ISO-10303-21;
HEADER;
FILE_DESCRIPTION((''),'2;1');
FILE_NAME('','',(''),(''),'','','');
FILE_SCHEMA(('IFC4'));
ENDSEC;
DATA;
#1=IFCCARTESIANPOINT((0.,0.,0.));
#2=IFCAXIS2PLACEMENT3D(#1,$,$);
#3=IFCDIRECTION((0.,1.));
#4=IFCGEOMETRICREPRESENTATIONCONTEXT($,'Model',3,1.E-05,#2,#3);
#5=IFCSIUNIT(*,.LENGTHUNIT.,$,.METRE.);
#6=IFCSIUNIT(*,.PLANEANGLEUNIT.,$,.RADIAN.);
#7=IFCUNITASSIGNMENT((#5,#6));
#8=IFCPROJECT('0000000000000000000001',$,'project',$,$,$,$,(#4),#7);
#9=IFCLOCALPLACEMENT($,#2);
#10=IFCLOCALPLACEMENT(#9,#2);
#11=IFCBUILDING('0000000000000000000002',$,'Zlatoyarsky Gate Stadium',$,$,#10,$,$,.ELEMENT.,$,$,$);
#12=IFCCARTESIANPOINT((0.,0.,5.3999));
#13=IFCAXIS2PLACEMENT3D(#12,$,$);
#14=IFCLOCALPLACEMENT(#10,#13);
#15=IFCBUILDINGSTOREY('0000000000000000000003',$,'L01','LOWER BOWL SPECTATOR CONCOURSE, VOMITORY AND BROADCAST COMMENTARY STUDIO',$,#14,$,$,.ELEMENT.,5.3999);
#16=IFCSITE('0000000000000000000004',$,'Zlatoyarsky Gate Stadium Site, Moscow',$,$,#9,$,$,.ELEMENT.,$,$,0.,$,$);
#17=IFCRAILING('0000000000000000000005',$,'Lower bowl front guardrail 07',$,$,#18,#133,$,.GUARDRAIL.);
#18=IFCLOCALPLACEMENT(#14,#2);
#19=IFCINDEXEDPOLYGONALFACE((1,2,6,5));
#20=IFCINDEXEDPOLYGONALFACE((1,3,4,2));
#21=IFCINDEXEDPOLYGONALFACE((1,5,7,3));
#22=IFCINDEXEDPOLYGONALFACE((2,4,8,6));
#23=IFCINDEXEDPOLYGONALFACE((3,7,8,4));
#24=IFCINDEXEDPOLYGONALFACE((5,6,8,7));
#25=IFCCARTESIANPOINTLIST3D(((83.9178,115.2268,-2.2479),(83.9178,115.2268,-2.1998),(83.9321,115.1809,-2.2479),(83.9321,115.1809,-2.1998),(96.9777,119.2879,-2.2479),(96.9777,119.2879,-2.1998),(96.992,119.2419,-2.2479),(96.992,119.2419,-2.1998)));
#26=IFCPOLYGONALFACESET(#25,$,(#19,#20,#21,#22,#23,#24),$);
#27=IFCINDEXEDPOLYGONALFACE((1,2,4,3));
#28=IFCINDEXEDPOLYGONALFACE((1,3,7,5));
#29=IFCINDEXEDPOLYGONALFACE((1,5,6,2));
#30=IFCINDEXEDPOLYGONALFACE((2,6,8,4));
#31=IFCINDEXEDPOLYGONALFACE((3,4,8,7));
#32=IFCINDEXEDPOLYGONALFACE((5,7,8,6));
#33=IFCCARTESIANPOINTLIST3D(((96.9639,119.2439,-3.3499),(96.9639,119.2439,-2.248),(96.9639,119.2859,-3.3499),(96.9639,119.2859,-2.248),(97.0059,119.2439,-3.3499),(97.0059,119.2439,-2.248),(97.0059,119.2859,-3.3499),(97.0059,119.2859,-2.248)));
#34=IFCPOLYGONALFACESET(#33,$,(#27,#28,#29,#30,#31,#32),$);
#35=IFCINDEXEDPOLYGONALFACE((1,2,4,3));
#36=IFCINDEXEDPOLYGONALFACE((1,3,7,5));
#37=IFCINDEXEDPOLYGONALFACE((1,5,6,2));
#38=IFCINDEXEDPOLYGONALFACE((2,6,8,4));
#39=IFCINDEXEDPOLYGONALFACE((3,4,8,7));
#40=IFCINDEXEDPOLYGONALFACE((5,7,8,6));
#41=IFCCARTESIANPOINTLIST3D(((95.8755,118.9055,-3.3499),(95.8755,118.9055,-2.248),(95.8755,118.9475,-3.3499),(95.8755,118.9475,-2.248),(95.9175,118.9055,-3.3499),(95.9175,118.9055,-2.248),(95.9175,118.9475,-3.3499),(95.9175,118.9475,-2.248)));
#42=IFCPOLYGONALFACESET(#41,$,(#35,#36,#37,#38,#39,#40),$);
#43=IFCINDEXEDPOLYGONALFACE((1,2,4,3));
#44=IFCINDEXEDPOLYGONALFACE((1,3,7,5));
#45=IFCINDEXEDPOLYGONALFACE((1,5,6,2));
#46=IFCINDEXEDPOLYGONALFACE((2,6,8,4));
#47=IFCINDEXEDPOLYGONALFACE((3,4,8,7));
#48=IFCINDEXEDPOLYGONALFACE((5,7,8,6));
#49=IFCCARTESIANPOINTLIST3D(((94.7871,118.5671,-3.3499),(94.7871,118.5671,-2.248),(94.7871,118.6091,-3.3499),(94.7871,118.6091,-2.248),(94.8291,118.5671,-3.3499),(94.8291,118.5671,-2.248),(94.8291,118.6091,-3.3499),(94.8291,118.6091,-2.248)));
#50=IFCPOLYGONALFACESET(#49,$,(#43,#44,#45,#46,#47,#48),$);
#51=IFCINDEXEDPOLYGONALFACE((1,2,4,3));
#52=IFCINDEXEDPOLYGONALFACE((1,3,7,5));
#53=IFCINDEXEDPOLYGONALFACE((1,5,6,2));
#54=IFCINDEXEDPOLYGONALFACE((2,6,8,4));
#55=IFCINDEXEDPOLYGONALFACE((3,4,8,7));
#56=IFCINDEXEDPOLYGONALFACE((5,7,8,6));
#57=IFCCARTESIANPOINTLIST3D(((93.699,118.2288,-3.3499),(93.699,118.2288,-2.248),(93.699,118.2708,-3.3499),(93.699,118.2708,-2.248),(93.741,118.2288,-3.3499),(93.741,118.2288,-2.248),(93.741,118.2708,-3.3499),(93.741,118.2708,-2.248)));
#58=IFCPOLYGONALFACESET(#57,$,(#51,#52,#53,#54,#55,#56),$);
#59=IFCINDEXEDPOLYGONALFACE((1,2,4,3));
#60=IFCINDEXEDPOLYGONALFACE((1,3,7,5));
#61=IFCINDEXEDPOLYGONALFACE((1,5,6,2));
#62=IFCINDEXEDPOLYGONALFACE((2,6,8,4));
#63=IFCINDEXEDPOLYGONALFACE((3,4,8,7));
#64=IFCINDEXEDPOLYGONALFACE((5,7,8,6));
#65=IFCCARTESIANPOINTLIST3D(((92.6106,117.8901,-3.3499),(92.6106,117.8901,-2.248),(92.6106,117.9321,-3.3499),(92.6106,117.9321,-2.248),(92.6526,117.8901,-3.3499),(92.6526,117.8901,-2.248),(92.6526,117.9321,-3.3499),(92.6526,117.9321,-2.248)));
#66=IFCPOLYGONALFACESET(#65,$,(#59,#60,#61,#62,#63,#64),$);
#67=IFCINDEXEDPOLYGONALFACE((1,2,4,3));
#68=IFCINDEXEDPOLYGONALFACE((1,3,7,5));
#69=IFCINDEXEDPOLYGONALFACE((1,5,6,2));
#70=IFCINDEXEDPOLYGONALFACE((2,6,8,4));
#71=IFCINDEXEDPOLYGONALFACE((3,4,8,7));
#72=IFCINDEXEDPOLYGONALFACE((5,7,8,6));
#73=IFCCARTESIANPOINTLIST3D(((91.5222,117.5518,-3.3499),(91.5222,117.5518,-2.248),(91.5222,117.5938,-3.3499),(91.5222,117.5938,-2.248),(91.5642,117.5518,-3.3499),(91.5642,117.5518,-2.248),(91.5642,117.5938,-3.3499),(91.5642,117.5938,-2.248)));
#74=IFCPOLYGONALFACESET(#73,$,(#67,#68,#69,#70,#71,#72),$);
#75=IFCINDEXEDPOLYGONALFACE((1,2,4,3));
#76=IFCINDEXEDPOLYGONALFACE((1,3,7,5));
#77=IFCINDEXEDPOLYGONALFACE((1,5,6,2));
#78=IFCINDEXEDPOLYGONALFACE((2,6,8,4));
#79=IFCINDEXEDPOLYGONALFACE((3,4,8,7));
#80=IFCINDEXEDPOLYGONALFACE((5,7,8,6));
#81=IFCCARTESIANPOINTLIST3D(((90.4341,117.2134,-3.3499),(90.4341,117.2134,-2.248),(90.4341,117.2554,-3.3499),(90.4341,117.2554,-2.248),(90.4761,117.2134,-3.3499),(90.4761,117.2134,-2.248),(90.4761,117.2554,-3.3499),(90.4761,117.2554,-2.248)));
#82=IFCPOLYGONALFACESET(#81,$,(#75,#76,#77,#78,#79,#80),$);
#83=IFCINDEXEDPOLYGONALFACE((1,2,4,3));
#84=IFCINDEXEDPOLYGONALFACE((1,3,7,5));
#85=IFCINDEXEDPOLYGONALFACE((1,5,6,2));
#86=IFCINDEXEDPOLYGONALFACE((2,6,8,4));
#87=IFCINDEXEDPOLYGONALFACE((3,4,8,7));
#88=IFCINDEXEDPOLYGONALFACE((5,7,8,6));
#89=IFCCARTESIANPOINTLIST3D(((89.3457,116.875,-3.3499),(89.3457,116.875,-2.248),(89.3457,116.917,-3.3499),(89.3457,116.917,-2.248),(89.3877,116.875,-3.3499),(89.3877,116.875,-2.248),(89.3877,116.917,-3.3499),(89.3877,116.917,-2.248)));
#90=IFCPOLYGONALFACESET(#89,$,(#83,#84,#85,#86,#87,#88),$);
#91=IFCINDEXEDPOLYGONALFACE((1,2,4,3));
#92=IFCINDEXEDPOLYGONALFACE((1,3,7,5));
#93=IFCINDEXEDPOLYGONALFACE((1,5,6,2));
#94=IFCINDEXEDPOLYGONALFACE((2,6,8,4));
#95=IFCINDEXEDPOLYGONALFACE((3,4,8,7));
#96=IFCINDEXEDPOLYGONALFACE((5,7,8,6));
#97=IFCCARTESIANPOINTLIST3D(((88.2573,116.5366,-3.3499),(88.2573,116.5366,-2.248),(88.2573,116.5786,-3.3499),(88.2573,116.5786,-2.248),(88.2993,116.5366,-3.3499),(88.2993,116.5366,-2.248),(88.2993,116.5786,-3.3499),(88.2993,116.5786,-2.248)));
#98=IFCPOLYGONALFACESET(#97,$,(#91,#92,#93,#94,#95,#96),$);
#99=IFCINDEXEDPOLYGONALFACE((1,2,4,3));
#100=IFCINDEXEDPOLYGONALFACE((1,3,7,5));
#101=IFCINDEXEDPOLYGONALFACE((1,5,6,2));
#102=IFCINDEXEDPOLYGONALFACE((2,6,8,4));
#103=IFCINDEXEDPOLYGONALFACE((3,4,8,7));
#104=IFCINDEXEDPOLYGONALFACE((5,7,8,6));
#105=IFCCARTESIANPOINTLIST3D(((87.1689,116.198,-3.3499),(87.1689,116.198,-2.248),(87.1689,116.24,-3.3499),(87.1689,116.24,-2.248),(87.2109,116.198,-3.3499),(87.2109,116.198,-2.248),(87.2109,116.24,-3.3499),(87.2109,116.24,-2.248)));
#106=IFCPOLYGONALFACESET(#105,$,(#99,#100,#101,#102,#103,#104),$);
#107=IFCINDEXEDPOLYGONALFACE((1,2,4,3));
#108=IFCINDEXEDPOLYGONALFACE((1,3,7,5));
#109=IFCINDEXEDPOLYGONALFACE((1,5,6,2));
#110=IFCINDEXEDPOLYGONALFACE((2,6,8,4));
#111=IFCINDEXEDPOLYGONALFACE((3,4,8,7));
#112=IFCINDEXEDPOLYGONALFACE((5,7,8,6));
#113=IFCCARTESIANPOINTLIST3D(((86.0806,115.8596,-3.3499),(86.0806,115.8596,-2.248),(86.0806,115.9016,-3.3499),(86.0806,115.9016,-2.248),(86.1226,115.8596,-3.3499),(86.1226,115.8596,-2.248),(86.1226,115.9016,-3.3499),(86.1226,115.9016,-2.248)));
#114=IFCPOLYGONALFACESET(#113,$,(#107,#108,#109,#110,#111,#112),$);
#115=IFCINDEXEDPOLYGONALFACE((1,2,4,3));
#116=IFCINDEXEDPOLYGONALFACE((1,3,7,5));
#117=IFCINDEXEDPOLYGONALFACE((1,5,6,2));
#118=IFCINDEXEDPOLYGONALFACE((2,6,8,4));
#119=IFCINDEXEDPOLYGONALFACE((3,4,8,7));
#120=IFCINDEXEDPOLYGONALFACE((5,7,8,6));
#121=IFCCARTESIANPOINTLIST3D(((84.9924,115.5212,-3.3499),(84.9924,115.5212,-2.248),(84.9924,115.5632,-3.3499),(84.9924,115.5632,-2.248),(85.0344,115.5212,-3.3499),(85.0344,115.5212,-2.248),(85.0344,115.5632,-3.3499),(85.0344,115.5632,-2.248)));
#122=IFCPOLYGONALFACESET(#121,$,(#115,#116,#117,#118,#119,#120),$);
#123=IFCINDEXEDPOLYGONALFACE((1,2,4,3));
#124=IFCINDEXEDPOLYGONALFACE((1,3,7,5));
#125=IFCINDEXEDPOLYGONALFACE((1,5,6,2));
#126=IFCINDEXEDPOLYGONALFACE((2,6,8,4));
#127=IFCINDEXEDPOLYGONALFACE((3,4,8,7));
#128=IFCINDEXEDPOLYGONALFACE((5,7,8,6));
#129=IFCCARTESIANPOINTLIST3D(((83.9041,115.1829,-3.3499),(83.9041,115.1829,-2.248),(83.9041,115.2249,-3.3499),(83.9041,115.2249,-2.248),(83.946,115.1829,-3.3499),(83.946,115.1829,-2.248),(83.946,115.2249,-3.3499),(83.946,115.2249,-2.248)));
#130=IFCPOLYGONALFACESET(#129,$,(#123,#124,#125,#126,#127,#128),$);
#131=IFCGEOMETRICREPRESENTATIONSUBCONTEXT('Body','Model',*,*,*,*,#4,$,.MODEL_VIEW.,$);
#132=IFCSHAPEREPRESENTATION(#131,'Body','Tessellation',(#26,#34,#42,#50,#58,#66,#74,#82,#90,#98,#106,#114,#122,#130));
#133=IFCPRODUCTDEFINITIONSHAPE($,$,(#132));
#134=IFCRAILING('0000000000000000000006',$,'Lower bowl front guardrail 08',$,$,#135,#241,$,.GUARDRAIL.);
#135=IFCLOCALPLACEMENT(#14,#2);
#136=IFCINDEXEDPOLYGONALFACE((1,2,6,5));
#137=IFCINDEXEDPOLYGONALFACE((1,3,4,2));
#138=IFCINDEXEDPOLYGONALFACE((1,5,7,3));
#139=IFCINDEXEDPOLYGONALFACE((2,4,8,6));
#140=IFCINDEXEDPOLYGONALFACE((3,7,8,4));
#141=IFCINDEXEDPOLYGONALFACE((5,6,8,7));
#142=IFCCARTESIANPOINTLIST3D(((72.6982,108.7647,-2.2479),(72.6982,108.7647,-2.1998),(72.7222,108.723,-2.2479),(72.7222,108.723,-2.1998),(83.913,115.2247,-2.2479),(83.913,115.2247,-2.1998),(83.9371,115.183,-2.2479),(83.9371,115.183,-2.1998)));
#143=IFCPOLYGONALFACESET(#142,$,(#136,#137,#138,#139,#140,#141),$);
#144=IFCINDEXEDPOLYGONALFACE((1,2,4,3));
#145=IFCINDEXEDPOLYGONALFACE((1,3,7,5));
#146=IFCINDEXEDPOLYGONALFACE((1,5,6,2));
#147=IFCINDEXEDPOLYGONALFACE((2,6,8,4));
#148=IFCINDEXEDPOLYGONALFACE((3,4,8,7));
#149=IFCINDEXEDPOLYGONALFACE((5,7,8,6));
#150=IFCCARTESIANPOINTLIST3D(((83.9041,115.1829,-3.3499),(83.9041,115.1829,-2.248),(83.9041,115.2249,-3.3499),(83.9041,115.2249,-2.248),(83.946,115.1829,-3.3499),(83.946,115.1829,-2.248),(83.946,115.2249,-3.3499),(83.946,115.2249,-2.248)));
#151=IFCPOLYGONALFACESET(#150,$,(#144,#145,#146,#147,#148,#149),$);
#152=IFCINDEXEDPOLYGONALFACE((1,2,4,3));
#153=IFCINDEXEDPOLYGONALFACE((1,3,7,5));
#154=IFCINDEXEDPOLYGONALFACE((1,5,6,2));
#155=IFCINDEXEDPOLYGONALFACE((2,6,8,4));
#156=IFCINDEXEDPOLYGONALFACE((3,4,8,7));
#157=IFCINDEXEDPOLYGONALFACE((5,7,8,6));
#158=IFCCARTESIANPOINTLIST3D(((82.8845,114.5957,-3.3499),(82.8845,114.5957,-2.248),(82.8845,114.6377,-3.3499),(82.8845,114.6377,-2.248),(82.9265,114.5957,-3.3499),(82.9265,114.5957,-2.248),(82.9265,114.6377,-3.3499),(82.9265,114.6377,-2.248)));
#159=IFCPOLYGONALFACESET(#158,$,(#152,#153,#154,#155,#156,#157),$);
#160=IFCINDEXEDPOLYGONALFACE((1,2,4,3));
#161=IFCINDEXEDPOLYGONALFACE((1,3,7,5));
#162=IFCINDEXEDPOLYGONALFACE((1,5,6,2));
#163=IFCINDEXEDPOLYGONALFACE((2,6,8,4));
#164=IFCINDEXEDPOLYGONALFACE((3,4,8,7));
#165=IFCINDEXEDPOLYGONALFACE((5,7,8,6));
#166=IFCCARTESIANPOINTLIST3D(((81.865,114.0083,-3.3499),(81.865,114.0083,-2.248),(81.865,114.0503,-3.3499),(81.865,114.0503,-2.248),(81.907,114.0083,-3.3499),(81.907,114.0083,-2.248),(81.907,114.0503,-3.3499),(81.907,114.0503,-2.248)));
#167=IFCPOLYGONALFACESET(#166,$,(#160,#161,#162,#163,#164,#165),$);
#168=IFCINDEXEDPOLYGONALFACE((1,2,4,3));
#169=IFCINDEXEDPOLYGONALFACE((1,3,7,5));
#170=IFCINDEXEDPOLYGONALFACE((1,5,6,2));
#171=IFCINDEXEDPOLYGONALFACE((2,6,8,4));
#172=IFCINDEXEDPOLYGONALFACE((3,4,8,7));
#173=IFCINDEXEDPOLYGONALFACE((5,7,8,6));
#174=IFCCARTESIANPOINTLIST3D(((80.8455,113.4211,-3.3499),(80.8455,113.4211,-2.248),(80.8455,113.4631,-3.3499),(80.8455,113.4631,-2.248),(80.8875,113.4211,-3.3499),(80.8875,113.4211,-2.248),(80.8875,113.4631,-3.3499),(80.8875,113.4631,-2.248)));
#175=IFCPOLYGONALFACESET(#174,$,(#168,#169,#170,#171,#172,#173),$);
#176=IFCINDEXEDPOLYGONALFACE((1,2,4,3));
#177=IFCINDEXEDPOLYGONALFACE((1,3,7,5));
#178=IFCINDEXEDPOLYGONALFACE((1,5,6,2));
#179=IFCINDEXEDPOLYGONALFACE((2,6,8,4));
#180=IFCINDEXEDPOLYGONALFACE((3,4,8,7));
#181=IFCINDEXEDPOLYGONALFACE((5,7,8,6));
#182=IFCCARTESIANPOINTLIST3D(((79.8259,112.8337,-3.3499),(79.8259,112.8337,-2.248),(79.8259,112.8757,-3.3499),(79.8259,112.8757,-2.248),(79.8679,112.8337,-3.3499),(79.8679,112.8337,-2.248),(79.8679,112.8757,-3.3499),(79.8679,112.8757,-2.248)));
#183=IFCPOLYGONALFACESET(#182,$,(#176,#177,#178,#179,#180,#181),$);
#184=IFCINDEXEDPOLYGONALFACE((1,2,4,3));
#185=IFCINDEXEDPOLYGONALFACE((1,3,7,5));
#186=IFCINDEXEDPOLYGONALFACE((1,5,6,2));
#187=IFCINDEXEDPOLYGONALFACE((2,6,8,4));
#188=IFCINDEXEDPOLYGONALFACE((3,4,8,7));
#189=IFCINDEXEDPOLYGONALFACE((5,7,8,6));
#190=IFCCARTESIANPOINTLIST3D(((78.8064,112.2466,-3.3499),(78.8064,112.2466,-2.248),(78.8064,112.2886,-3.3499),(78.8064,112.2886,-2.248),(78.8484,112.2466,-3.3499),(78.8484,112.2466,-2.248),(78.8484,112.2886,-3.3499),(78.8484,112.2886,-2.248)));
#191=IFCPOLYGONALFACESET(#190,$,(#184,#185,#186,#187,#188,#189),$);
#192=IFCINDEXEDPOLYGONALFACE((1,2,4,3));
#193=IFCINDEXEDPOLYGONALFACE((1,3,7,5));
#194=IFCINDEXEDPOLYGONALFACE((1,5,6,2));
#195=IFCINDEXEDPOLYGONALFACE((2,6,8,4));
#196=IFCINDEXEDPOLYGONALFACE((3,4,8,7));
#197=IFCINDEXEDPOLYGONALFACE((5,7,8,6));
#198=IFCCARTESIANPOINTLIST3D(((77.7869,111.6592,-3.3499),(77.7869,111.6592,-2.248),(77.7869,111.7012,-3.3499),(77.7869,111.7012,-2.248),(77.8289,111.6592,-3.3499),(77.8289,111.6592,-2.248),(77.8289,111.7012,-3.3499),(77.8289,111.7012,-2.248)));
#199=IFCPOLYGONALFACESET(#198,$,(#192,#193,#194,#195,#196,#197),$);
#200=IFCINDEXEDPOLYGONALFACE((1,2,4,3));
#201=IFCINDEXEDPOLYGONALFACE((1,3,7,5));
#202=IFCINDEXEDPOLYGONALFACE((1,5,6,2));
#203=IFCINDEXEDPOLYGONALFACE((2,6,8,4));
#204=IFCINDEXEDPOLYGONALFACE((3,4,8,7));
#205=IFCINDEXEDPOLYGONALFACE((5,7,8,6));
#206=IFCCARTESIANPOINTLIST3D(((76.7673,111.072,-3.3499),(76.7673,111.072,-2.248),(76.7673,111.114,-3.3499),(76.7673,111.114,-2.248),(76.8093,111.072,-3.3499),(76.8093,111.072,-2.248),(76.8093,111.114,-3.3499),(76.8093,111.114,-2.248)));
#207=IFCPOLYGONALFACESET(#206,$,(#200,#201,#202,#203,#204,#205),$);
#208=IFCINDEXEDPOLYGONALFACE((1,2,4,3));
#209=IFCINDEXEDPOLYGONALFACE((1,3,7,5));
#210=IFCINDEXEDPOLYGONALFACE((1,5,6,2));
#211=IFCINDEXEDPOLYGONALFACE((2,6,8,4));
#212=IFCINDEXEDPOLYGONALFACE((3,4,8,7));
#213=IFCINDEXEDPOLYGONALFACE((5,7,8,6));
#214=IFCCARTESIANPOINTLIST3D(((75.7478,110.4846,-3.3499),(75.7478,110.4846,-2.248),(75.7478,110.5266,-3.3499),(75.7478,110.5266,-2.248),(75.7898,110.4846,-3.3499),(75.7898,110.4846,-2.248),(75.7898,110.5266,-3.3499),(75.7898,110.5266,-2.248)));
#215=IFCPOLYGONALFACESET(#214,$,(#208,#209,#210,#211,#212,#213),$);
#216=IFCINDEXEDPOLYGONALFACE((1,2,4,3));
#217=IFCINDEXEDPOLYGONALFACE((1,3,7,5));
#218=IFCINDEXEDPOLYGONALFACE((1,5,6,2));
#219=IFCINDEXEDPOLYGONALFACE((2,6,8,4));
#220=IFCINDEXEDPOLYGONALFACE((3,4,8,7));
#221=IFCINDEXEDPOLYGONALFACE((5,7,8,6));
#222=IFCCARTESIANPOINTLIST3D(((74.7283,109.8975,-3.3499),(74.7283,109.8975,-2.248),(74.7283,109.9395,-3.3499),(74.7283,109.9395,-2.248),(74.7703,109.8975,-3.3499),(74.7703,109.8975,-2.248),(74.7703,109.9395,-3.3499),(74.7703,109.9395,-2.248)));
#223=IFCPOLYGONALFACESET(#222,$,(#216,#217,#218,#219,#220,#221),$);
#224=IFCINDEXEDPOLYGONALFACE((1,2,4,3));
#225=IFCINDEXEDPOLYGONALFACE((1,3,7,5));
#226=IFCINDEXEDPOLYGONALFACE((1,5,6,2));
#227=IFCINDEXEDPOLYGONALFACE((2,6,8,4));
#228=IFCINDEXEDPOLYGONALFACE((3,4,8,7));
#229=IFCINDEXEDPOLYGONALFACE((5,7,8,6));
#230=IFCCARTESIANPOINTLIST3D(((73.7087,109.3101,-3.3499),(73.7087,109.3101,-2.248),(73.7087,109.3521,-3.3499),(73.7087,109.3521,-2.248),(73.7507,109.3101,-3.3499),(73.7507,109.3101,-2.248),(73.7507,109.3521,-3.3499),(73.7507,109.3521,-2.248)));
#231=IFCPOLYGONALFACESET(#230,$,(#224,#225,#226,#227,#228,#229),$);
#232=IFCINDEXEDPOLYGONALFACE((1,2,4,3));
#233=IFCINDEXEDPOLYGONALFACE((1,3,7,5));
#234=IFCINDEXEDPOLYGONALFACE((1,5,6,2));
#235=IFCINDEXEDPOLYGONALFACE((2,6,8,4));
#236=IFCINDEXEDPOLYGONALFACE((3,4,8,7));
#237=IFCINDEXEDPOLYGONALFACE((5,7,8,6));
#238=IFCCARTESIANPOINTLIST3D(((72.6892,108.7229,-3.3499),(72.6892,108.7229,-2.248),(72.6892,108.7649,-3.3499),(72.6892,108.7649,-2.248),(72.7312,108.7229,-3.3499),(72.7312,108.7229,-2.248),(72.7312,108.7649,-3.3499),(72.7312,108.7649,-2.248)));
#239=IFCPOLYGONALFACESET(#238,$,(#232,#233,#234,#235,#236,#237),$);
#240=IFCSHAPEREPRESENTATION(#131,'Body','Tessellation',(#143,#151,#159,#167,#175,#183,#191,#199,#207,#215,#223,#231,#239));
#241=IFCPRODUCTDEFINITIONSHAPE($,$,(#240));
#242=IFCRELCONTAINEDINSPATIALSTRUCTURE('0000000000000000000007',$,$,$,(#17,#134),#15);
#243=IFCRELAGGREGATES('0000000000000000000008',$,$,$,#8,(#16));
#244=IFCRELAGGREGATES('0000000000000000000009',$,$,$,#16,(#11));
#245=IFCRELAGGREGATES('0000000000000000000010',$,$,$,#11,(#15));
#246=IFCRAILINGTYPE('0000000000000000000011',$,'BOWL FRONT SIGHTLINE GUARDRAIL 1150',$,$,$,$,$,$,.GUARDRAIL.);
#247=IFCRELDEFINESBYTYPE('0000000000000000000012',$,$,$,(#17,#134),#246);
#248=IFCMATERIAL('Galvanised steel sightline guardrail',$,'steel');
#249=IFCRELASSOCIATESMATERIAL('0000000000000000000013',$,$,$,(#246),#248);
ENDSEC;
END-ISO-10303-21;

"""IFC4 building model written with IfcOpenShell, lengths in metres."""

from ifc_helpers import new_model, si_unit, direction, frame, origin, origin_2d, place, context, subcontext, project, spatial, rectangle, extrude, material, type_object, element, save


model = new_model("IFC4")

# Units and contexts
model_context = context("Model", 3, precision=1e-05, world=origin(), true_north=direction((0.0, 1.0)))
body_context = subcontext(model_context, "Body", "Model", "MODEL_VIEW")
ifc_project = project(units=[si_unit("LENGTHUNIT", "METRE"), si_unit("PLANEANGLEUNIT", "RADIAN")], contexts=[model_context])

# Site, building, storey
site_placement = place(None, origin())
site = spatial("IfcSite", under=ifc_project, at=site_placement, Name="Zlatoyarsky Gate Stadium Site, Moscow", CompositionType="ELEMENT", RefElevation=0.0)
building_placement = place(site_placement, origin())
building = spatial("IfcBuilding", under=site, at=building_placement, Name="Zlatoyarsky Gate Stadium", CompositionType="ELEMENT")
storey_placement = place(building_placement, frame((0.0, 0.0, 5.3999)))
storey = spatial("IfcBuildingStorey", under=building, at=storey_placement, Name="L01", Description="LOWER BOWL SPECTATOR CONCOURSE, VOMITORY AND BROADCAST COMMENTARY STUDIO", CompositionType="ELEMENT", Elevation=5.3999)

# Railings
ifc_material_1 = material(Name="Galvanised steel sightline guardrail", Category="steel")
railing_type_1 = type_object("IfcRailingType", Name="BOWL FRONT SIGHTLINE GUARDRAIL 1150", PredefinedType="GUARDRAIL", material=ifc_material_1)
railing_1_placement = place(storey_placement, frame((96.9849, 119.2649, -3.3499)))
element("IfcRailing", 1, at=railing_1_placement, inside=storey, type_object=railing_type_1, Name="Lower bowl front guardrail 07", PredefinedType="GUARDRAIL", context=body_context, shape_type="SweptSolid", body=[
    extrude(rectangle(XDim=0.0481, YDim=0.0481, at=origin_2d()), frame((0.0, 0.0, 1.126), z_axis=(-0.954899, -0.296932, 0.0), x_axis=(0.296932, -0.954899, 0.0)), (0.0, 0.0, 1.0), 13.6768),
    extrude(rectangle(XDim=0.042, YDim=0.042, at=origin_2d()), origin(), (0.0, 0.0, 1.0), 1.1018),
    extrude(rectangle(XDim=0.042, YDim=0.042, at=origin_2d()), frame((-1.0884, -0.3384, 0.0)), (0.0, 0.0, 1.0), 1.1018),
    extrude(rectangle(XDim=0.042, YDim=0.042, at=origin_2d()), frame((-2.1768, -0.6768, 0.0)), (0.0, 0.0, 1.0), 1.1018),
    extrude(rectangle(XDim=0.042, YDim=0.042, at=origin_2d()), frame((-3.2649, -1.0151, 0.0)), (0.0, 0.0, 1.0), 1.1018),
    extrude(rectangle(XDim=0.042, YDim=0.042, at=origin_2d()), frame((-4.3533, -1.3538, 0.0)), (0.0, 0.0, 1.0), 1.1018),
    extrude(rectangle(XDim=0.042, YDim=0.042, at=origin_2d()), frame((-5.4417, -1.6921, 0.0)), (0.0, 0.0, 1.0), 1.1018),
    extrude(rectangle(XDim=0.042, YDim=0.042, at=origin_2d()), frame((-6.5298, -2.0305, 0.0)), (0.0, 0.0, 1.0), 1.1018),
    extrude(rectangle(XDim=0.042, YDim=0.042, at=origin_2d()), frame((-7.6182, -2.3689, 0.0)), (0.0, 0.0, 1.0), 1.1018),
    extrude(rectangle(XDim=0.042, YDim=0.042, at=origin_2d()), frame((-8.7065, -2.7073, 0.0)), (0.0, 0.0, 1.0), 1.1018),
    extrude(rectangle(XDim=0.042, YDim=0.042, at=origin_2d()), frame((-9.7949, -3.0459, 0.0)), (0.0, 0.0, 1.0), 1.1018),
    extrude(rectangle(XDim=0.042, YDim=0.042, at=origin_2d()), frame((-10.8833, -3.3843, 0.0)), (0.0, 0.0, 1.0), 1.1018),
    extrude(rectangle(XDim=0.042, YDim=0.042, at=origin_2d()), frame((-11.9714, -3.7227, 0.0)), (0.0, 0.0, 1.0), 1.1018),
    extrude(rectangle(XDim=0.042, YDim=0.042, at=origin_2d()), frame((-13.0598, -4.061, 0.0)), (0.0, 0.0, 1.0), 1.1018),
])
railing_2_placement = place(storey_placement, frame((83.925, 115.2039, -3.3499)))
element("IfcRailing", 2, at=railing_2_placement, inside=storey, type_object=railing_type_1, Name="Lower bowl front guardrail 08", PredefinedType="GUARDRAIL", context=body_context, shape_type="SweptSolid", body=[
    extrude(rectangle(XDim=0.0481, YDim=0.0481, at=origin_2d()), frame((0.0, 0.0, 1.126), z_axis=(-0.866525, -0.499134, 0.0), x_axis=(0.499134, -0.866525, 0.0)), (0.0, 0.0, 1.0), 12.9424),
    extrude(rectangle(XDim=0.042, YDim=0.042, at=origin_2d()), origin(), (0.0, 0.0, 1.0), 1.1018),
    extrude(rectangle(XDim=0.042, YDim=0.042, at=origin_2d()), frame((-1.0195, -0.5872, 0.0)), (0.0, 0.0, 1.0), 1.1018),
    extrude(rectangle(XDim=0.042, YDim=0.042, at=origin_2d()), frame((-2.0391, -1.1746, 0.0)), (0.0, 0.0, 1.0), 1.1018),
    extrude(rectangle(XDim=0.042, YDim=0.042, at=origin_2d()), frame((-3.0586, -1.7617, 0.0)), (0.0, 0.0, 1.0), 1.1018),
    extrude(rectangle(XDim=0.042, YDim=0.042, at=origin_2d()), frame((-4.0781, -2.3491, 0.0)), (0.0, 0.0, 1.0), 1.1018),
    extrude(rectangle(XDim=0.042, YDim=0.042, at=origin_2d()), frame((-5.0977, -2.9363, 0.0)), (0.0, 0.0, 1.0), 1.1018),
    extrude(rectangle(XDim=0.042, YDim=0.042, at=origin_2d()), frame((-6.1172, -3.5237, 0.0)), (0.0, 0.0, 1.0), 1.1018),
    extrude(rectangle(XDim=0.042, YDim=0.042, at=origin_2d()), frame((-7.1367, -4.1108, 0.0)), (0.0, 0.0, 1.0), 1.1018),
    extrude(rectangle(XDim=0.042, YDim=0.042, at=origin_2d()), frame((-8.1562, -4.6982, 0.0)), (0.0, 0.0, 1.0), 1.1018),
    extrude(rectangle(XDim=0.042, YDim=0.042, at=origin_2d()), frame((-9.1758, -5.2854, 0.0)), (0.0, 0.0, 1.0), 1.1018),
    extrude(rectangle(XDim=0.042, YDim=0.042, at=origin_2d()), frame((-10.1953, -5.8728, 0.0)), (0.0, 0.0, 1.0), 1.1018),
    extrude(rectangle(XDim=0.042, YDim=0.042, at=origin_2d()), frame((-11.2148, -6.46, 0.0)), (0.0, 0.0, 1.0), 1.1018),
])

save(model, "model.ifc")
